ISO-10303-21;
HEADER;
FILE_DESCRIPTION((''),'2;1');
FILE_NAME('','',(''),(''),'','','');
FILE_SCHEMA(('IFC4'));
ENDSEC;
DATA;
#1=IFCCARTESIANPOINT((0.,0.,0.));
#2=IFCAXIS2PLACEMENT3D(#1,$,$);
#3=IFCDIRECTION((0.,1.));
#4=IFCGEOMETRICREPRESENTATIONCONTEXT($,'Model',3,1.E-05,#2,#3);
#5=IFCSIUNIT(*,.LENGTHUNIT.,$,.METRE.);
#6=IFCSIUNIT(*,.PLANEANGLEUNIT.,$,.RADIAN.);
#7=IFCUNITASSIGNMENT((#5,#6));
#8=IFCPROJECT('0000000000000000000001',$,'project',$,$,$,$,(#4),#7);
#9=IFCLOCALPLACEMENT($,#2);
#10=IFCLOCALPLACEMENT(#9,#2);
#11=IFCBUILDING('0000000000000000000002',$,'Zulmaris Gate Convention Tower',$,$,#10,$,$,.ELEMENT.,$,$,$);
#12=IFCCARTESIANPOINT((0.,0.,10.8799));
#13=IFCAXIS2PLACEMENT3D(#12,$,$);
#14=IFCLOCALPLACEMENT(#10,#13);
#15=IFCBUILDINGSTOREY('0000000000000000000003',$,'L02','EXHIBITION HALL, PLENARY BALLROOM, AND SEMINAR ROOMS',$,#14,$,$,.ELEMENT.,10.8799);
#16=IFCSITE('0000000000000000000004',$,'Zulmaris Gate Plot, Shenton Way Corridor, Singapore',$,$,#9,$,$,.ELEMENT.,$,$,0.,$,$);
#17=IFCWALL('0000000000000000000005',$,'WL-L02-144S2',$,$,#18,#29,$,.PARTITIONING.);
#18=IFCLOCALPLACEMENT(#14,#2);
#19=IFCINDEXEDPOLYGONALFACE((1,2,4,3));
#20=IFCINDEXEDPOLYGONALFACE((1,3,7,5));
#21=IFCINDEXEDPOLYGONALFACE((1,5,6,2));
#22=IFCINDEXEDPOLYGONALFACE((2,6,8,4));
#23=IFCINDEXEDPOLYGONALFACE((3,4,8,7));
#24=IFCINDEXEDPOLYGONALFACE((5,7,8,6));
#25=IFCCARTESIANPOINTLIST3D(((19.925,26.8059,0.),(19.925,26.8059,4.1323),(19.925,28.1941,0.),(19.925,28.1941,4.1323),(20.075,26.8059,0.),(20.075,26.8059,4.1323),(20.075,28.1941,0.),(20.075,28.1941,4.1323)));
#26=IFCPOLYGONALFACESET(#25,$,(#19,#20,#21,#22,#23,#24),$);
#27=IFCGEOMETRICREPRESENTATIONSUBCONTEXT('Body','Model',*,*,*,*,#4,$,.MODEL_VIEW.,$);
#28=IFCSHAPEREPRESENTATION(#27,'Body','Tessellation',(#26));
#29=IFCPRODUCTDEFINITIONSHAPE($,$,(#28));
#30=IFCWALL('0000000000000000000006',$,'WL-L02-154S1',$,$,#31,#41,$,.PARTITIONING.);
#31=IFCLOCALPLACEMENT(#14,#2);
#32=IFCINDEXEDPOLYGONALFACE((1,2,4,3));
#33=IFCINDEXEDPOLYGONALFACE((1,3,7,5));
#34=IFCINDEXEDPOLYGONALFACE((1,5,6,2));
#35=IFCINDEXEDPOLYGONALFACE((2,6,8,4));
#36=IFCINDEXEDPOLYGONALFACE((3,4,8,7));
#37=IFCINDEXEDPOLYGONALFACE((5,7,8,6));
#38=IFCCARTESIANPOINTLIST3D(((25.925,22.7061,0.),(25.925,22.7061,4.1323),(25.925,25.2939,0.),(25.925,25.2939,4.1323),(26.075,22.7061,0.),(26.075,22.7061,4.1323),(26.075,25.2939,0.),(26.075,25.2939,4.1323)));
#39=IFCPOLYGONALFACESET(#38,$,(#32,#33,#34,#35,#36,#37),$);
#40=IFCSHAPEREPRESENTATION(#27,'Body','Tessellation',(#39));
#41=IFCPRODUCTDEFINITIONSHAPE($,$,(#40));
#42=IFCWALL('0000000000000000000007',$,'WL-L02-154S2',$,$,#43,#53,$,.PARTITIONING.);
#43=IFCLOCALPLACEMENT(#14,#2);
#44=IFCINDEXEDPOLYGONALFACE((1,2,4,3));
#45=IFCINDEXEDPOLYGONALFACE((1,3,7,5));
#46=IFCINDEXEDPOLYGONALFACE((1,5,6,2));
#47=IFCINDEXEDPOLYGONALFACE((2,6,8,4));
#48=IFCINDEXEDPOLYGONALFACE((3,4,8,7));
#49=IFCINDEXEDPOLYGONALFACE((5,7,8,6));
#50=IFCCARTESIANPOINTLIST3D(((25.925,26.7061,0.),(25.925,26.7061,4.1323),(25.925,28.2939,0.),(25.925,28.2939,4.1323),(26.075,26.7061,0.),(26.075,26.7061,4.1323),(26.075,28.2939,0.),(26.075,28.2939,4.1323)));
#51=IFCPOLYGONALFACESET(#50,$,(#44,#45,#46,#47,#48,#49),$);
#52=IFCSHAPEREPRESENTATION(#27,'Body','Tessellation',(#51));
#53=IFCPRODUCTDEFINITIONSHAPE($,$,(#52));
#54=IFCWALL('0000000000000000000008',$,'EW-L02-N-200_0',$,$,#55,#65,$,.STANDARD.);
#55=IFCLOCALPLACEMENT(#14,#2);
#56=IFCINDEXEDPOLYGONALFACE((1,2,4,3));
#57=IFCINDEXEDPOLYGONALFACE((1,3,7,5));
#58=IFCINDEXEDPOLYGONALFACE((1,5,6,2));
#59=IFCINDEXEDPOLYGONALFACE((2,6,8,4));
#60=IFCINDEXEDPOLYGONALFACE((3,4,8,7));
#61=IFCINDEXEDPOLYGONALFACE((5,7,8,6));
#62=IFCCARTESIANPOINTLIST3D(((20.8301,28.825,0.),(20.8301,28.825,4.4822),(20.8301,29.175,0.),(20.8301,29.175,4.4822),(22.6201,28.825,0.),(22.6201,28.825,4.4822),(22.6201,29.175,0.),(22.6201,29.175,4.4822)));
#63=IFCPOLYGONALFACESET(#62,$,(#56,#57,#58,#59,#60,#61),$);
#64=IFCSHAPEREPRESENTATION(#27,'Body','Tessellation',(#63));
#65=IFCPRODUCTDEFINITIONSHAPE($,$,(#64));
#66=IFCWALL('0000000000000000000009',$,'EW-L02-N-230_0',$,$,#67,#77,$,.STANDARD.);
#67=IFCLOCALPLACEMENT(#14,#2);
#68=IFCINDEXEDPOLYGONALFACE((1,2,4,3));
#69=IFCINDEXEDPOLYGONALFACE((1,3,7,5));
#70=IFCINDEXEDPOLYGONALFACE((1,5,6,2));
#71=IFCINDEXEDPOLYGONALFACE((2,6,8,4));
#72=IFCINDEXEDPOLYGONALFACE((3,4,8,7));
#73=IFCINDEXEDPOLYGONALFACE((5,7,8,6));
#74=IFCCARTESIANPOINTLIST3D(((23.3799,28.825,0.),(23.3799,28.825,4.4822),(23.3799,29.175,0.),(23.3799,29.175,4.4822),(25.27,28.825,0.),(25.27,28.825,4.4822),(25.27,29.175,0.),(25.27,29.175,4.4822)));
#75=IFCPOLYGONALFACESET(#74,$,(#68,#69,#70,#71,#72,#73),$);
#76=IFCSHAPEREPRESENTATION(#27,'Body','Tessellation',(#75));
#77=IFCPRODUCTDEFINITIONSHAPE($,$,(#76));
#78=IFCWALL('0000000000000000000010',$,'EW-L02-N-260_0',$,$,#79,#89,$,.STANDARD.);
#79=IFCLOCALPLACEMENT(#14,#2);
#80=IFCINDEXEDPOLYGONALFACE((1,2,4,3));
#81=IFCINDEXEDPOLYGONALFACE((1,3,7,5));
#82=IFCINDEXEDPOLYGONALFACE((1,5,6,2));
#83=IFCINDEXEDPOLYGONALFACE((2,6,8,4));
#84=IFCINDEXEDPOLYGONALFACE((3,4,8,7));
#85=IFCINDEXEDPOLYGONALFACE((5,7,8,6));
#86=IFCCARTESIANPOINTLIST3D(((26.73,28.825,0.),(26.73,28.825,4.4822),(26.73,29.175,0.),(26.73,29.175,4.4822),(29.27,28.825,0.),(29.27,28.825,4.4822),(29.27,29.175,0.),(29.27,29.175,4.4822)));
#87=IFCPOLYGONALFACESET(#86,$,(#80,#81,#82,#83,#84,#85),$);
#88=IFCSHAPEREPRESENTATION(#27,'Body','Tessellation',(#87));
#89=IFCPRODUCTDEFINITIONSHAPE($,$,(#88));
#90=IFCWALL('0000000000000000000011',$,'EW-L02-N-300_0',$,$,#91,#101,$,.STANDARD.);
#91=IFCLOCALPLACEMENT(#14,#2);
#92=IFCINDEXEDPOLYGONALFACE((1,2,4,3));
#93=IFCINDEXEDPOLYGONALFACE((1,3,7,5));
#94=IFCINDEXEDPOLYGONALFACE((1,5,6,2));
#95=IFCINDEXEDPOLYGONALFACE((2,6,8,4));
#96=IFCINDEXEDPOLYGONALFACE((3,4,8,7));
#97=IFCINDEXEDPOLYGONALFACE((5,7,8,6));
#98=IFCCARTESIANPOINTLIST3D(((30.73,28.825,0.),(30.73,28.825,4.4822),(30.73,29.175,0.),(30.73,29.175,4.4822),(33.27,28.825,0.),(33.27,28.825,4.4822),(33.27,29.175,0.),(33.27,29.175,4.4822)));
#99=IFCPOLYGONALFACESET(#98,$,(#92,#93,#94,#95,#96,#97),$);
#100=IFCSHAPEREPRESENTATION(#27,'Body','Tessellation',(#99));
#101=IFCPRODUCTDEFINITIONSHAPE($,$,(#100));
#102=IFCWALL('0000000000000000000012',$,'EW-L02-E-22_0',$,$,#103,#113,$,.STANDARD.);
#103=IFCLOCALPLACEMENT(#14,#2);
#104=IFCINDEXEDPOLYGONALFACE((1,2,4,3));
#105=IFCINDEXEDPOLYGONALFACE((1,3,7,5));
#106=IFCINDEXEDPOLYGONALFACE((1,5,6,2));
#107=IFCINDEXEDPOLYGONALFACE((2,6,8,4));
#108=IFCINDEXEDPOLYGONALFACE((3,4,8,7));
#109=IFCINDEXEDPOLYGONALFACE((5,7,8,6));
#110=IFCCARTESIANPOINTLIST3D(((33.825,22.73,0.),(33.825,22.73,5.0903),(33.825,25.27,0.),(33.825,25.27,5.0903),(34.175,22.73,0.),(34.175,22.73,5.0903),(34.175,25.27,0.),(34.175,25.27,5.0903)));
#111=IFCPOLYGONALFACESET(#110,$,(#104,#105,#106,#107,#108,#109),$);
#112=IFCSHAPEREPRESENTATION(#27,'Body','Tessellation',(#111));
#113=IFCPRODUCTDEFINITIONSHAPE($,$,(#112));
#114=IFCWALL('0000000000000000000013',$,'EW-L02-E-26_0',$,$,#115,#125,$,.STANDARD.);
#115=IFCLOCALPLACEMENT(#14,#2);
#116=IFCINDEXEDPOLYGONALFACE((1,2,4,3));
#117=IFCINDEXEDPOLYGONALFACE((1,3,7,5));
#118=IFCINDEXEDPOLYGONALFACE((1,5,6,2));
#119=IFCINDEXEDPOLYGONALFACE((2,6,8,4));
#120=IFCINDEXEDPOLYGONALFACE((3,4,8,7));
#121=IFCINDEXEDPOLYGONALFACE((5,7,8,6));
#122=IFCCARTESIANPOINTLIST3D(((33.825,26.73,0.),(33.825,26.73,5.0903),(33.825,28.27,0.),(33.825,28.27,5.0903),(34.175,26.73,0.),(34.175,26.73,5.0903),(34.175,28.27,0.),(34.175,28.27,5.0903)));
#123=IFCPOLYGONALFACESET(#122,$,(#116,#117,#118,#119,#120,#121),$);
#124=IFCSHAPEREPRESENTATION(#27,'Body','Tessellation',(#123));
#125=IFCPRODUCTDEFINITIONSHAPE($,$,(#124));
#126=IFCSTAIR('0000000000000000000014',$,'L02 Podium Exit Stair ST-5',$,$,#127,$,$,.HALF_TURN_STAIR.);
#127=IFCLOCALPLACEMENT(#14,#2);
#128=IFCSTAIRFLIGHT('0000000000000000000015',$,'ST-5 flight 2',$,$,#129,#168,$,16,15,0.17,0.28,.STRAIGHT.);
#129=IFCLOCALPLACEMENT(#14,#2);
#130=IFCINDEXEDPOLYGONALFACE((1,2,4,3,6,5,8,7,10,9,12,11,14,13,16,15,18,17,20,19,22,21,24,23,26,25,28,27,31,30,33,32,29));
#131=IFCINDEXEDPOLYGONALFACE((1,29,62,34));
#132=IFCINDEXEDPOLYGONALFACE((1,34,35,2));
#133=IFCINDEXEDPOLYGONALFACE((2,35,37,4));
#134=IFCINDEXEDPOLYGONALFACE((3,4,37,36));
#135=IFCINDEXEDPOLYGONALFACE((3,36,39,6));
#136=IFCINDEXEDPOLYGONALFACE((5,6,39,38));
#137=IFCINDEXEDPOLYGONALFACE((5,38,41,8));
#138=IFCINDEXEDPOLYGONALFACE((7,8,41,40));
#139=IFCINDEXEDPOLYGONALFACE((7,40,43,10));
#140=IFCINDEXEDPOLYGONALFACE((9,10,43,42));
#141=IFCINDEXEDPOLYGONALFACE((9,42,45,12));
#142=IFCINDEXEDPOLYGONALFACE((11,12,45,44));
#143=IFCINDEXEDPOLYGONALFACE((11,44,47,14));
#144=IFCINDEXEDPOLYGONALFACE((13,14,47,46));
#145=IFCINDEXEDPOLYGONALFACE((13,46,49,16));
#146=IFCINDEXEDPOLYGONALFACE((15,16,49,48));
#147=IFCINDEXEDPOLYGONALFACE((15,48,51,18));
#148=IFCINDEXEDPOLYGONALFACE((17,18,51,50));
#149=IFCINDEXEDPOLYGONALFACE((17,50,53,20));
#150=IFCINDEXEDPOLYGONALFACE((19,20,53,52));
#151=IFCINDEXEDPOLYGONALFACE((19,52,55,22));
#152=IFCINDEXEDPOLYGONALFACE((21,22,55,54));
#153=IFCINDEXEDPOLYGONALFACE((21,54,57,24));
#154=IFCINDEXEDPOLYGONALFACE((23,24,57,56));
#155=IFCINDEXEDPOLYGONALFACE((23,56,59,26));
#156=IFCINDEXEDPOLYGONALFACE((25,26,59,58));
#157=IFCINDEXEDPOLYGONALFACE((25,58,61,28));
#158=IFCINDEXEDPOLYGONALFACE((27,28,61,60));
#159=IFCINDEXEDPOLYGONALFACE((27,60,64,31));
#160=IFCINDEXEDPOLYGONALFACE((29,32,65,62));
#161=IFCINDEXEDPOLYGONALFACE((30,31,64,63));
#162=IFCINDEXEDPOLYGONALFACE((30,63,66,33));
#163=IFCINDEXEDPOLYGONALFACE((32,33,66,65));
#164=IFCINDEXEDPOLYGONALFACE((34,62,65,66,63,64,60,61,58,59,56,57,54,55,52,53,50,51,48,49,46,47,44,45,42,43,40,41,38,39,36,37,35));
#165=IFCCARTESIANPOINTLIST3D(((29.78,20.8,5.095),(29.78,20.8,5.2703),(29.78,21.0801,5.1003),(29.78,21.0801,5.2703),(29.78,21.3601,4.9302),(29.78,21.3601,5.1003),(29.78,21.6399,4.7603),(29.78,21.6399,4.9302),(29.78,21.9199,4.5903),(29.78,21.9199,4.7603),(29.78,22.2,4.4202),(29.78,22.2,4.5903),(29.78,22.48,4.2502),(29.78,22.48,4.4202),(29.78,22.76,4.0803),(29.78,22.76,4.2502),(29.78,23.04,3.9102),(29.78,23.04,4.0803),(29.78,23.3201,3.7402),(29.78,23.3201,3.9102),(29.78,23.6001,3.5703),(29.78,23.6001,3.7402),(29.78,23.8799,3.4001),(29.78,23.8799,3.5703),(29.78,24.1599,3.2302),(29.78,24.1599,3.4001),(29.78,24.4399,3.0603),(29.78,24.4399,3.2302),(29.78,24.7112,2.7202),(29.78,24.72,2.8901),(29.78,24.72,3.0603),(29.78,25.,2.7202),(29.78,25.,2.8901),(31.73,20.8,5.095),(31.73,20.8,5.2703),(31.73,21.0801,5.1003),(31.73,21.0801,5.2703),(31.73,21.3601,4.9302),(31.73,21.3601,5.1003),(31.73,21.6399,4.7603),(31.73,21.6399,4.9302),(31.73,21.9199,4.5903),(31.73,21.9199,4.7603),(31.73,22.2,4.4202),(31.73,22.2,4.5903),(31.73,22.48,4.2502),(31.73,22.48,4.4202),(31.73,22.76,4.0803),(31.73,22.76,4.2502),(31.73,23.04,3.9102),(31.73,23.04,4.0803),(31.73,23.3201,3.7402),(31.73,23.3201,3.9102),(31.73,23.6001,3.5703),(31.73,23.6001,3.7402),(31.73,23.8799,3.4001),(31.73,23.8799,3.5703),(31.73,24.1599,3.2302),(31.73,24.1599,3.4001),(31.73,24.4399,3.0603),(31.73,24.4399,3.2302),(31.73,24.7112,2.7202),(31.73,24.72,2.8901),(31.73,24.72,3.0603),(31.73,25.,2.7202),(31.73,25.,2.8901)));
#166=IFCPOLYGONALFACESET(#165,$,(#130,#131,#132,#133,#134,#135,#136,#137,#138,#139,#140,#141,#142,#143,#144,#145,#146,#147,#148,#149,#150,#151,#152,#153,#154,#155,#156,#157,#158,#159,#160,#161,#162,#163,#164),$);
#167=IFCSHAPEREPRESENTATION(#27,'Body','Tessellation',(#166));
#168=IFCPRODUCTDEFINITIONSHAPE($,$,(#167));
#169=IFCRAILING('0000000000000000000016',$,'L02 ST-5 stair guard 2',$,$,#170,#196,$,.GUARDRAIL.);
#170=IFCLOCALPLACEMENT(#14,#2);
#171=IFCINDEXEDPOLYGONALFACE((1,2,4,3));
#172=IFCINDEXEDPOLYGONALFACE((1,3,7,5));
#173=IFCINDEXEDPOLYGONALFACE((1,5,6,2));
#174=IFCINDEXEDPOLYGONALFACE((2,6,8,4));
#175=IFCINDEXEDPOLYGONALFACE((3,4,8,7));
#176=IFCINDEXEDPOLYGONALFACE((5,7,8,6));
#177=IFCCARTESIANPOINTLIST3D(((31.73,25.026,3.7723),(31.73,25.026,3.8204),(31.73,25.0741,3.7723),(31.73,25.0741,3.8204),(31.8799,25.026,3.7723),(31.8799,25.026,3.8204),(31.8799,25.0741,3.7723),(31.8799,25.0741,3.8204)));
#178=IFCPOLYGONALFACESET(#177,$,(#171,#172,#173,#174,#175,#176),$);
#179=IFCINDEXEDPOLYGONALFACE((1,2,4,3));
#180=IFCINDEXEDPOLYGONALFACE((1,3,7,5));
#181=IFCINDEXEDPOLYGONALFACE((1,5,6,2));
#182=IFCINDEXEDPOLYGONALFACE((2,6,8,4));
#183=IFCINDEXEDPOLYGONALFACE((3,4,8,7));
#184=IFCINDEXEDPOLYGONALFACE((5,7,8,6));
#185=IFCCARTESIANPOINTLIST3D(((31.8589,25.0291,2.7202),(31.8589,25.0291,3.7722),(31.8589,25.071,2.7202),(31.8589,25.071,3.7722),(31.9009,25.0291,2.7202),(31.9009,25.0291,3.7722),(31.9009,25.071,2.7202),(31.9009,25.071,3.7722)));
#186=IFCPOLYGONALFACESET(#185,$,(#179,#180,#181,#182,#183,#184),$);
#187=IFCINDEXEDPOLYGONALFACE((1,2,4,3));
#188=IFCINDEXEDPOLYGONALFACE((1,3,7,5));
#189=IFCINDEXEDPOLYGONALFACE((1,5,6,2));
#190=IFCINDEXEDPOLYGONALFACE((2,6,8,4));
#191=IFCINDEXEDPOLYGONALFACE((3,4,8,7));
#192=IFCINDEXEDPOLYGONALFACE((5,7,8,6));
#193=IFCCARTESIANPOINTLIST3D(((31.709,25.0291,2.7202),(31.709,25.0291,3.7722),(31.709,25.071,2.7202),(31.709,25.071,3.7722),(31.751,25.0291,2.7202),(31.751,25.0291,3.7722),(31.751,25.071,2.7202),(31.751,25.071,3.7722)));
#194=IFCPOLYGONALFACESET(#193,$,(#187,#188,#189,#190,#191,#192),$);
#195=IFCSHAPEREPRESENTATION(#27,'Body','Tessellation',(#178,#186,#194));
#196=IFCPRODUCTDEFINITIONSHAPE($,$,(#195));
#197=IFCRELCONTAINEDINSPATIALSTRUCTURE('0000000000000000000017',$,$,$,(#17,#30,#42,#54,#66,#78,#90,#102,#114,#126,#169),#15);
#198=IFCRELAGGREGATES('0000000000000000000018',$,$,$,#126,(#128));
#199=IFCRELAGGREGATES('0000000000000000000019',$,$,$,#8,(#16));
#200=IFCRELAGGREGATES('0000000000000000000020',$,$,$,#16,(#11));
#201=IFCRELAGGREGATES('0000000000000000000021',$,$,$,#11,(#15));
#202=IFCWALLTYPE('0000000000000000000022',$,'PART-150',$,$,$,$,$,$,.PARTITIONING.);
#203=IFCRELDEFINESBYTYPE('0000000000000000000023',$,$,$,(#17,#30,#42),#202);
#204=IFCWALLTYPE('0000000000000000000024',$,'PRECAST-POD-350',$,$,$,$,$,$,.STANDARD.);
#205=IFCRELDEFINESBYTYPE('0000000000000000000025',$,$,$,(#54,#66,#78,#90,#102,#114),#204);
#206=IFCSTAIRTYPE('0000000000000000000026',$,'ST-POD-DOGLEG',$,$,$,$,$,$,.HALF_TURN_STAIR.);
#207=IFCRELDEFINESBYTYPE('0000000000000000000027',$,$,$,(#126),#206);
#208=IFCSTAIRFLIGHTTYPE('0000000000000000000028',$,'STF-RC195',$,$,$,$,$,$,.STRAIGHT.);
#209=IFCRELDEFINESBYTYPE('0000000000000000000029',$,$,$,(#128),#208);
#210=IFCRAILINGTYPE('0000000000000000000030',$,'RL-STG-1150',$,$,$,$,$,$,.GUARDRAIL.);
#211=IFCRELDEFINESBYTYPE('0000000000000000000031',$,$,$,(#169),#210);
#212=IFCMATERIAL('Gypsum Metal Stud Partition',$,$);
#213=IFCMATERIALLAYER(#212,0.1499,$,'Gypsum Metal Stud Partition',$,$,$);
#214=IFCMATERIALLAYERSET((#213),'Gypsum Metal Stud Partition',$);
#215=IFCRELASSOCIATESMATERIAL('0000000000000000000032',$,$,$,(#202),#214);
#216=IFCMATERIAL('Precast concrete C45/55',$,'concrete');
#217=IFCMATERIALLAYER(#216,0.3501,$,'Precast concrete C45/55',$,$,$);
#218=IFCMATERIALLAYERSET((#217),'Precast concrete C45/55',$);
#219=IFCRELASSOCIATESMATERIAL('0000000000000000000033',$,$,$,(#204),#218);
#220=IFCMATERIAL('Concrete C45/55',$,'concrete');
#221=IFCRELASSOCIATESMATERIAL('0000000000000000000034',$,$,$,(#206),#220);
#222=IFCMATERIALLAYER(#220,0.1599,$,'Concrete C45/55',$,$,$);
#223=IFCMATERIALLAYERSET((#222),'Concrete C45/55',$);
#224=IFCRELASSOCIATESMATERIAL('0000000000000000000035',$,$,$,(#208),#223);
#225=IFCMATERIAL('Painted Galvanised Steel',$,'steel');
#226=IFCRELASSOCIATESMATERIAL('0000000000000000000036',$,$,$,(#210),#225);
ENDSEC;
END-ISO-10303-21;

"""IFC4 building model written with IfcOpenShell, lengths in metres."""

from ifc_helpers import new_model, si_unit, direction, frame, frame_2d, origin, origin_2d, place, context, subcontext, project, spatial, polyline, rectangle, outline, extrude, material, layer, layer_set, type_object, element, aggregate, save


model = new_model("IFC4")

# Units and contexts
model_context = context("Model", 3, precision=1e-05, world=origin(), true_north=direction((0.0, 1.0)))
body_context = subcontext(model_context, "Body", "Model", "MODEL_VIEW")
ifc_project = project(units=[si_unit("LENGTHUNIT", "METRE"), si_unit("PLANEANGLEUNIT", "RADIAN")], contexts=[model_context])

# Site, building, storey
site_placement = place(None, origin())
site = spatial("IfcSite", under=ifc_project, at=site_placement, Name="Zulmaris Gate Plot, Shenton Way Corridor, Singapore", CompositionType="ELEMENT", RefElevation=0.0)
building_placement = place(site_placement, origin())
building = spatial("IfcBuilding", under=site, at=building_placement, Name="Zulmaris Gate Convention Tower", CompositionType="ELEMENT")
storey_placement = place(building_placement, frame((0.0, 0.0, 10.8799)))
storey = spatial("IfcBuildingStorey", under=building, at=storey_placement, Name="L02", Description="EXHIBITION HALL, PLENARY BALLROOM, AND SEMINAR ROOMS", CompositionType="ELEMENT", Elevation=10.8799)

# Walls
ifc_material_1 = material(Name="Gypsum Metal Stud Partition")
ifc_layer_1 = layer(ifc_material_1, 0.1499, Name="Gypsum Metal Stud Partition")
ifc_layer_set_1 = layer_set([ifc_layer_1], Name="Gypsum Metal Stud Partition")
wall_type_1 = type_object("IfcWallType", Name="PART-150", PredefinedType="PARTITIONING", material=ifc_layer_set_1)
wall_1_placement = place(storey_placement, frame((20.0, 26.8059, 0.0), z_axis=(0.0, 0.0, 1.0), x_axis=(0.0, 1.0, 0.0)))
element("IfcWall", 1, at=wall_1_placement, inside=storey, type_object=wall_type_1, Name="WL-L02-144S2", PredefinedType="PARTITIONING", context=body_context, shape_type="SweptSolid", body=[
    extrude(rectangle(XDim=1.3882, YDim=0.1499, at=frame_2d((0.6941, 0.0))), origin(), (0.0, 0.0, 1.0), 4.1323),
])
wall_2_placement = place(storey_placement, frame((26.0, 22.7061, 0.0), z_axis=(0.0, 0.0, 1.0), x_axis=(0.0, 1.0, 0.0)))
element("IfcWall", 2, at=wall_2_placement, inside=storey, type_object=wall_type_1, Name="WL-L02-154S1", PredefinedType="PARTITIONING", context=body_context, shape_type="SweptSolid", body=[
    extrude(rectangle(XDim=2.5879, YDim=0.1499, at=frame_2d((1.2939, 0.0))), origin(), (0.0, 0.0, 1.0), 4.1323),
])
wall_3_placement = place(storey_placement, frame((26.0, 26.7061, 0.0), z_axis=(0.0, 0.0, 1.0), x_axis=(0.0, 1.0, 0.0)))
element("IfcWall", 3, at=wall_3_placement, inside=storey, type_object=wall_type_1, Name="WL-L02-154S2", PredefinedType="PARTITIONING", context=body_context, shape_type="SweptSolid", body=[
    extrude(rectangle(XDim=1.5879, YDim=0.1499, at=frame_2d((0.7939, 0.0))), origin(), (0.0, 0.0, 1.0), 4.1323),
])
ifc_material_2 = material(Name="Precast concrete C45/55", Category="concrete")
ifc_layer_2 = layer(ifc_material_2, 0.3501, Name="Precast concrete C45/55")
ifc_layer_set_2 = layer_set([ifc_layer_2], Name="Precast concrete C45/55")
wall_type_2 = type_object("IfcWallType", Name="PRECAST-POD-350", PredefinedType="STANDARD", material=ifc_layer_set_2)
wall_4_placement = place(storey_placement, frame((22.6201, 29.0, 0.0), z_axis=(0.0, 0.0, 1.0), x_axis=(-1.0, 0.0, 0.0)))
element("IfcWall", 4, at=wall_4_placement, inside=storey, type_object=wall_type_2, Name="EW-L02-N-200_0", PredefinedType="STANDARD", context=body_context, shape_type="SweptSolid", body=[
    extrude(rectangle(XDim=1.79, YDim=0.3501, at=frame_2d((0.895, 0.0))), origin(), (0.0, 0.0, 1.0), 4.4822),
])
wall_5_placement = place(storey_placement, frame((25.27, 29.0, 0.0), z_axis=(0.0, 0.0, 1.0), x_axis=(-1.0, 0.0, 0.0)))
element("IfcWall", 5, at=wall_5_placement, inside=storey, type_object=wall_type_2, Name="EW-L02-N-230_0", PredefinedType="STANDARD", context=body_context, shape_type="SweptSolid", body=[
    extrude(rectangle(XDim=1.8901, YDim=0.3501, at=frame_2d((0.9451, 0.0))), origin(), (0.0, 0.0, 1.0), 4.4822),
])
for number, where, z_axis, x_axis, name in (
    (6, (29.27, 29.0, 0.0), (0.0, 0.0, 1.0), (-1.0, 0.0, 0.0), "EW-L02-N-260_0"),
    (7, (33.27, 29.0, 0.0), (0.0, 0.0, 1.0), (-1.0, 0.0, 0.0), "EW-L02-N-300_0"),
):
    element("IfcWall", number, at=place(storey_placement, frame(where, z_axis=z_axis, x_axis=x_axis)), inside=storey, type_object=wall_type_2, Name=name, PredefinedType="STANDARD", context=body_context, shape_type="SweptSolid", body=[
        extrude(rectangle(XDim=2.54, YDim=0.3501, at=frame_2d((1.27, 0.0))), origin(), (0.0, 0.0, 1.0), 4.4822),
    ])
wall_6_placement = place(storey_placement, frame((34.0, 25.27, 0.0), z_axis=(0.0, 0.0, 1.0), x_axis=(0.0, -1.0, 0.0)))
element("IfcWall", 8, at=wall_6_placement, inside=storey, type_object=wall_type_2, Name="EW-L02-E-22_0", PredefinedType="STANDARD", context=body_context, shape_type="SweptSolid", body=[
    extrude(rectangle(XDim=2.54, YDim=0.3501, at=frame_2d((1.27, 0.0))), origin(), (0.0, 0.0, 1.0), 5.0903),
])
wall_7_placement = place(storey_placement, frame((34.0, 28.27, 0.0), z_axis=(0.0, 0.0, 1.0), x_axis=(0.0, -1.0, 0.0)))
element("IfcWall", 9, at=wall_7_placement, inside=storey, type_object=wall_type_2, Name="EW-L02-E-26_0", PredefinedType="STANDARD", context=body_context, shape_type="SweptSolid", body=[
    extrude(rectangle(XDim=1.54, YDim=0.3501, at=frame_2d((0.77, 0.0))), origin(), (0.0, 0.0, 1.0), 5.0903),
])

# Stair, stair flight
ifc_material_3 = material(Name="Concrete C45/55", Category="concrete")
stair_type = type_object("IfcStairType", Name="ST-POD-DOGLEG", PredefinedType="HALF_TURN_STAIR", material=ifc_material_3)
stair_placement = place(storey_placement, origin())
stair = element("IfcStair", 10, at=stair_placement, inside=storey, type_object=stair_type, Name="L02 Podium Exit Stair ST-5", PredefinedType="HALF_TURN_STAIR")
ifc_layer_3 = layer(ifc_material_3, 0.1599, Name="Concrete C45/55")
ifc_layer_set_3 = layer_set([ifc_layer_3], Name="Concrete C45/55")
stair_flight_type = type_object("IfcStairFlightType", Name="STF-RC195", PredefinedType="STRAIGHT", material=ifc_layer_set_3)
stair_flight_placement = place(storey_placement, frame((30.7549, 25.0, 2.7202), z_axis=(0.0, 0.0, 1.0), x_axis=(0.0, -1.0, 0.0)))
stair_flight = element("IfcStairFlight", 11, at=stair_flight_placement, type_object=stair_flight_type, Name="ST-5 flight 2", NumberOfRisers=16, NumberOfTreads=15, PredefinedType="STRAIGHT", RiserHeight=0.17, TreadLength=0.28, context=body_context, shape_type="SweptSolid", body=[
    extrude(outline(polyline([(0.0, 0.0), (0.0, 0.1699), (0.28, 0.1699), (0.28, 0.3401), (0.5601, 0.3401), (0.5601, 0.51), (0.8401, 0.51), (0.8401, 0.6799), (1.1201, 0.6799), (1.1201, 0.8501), (1.3999, 0.8501), (1.3999, 1.02), (1.6799, 1.02), (1.6799, 1.1899), (1.96, 1.1899), (1.96, 1.3601), (2.24, 1.3601), (2.24, 1.53), (2.52, 1.53), (2.52, 1.7), (2.8, 1.7), (2.8, 1.8701), (3.0801, 1.8701), (3.0801, 2.04), (3.3601, 2.04), (3.3601, 2.21), (3.6399, 2.21), (3.6399, 2.3801), (3.9199, 2.3801), (3.9199, 2.55), (4.2, 2.55), (4.2, 2.7202), (4.2, 2.3748), (0.2888, 0.0), (0.0, 0.0)])), frame((0.0, 0.9751, 0.0), z_axis=(0.0, -1.0, 0.0), x_axis=(1.0, 0.0, 0.0)), (0.0, 0.0, 1.0), 1.95),
])
aggregate(stair, [stair_flight])

# Railing
ifc_material_4 = material(Name="Painted Galvanised Steel", Category="steel")
railing_type_1 = type_object("IfcRailingType", Name="RL-STG-1150", PredefinedType="GUARDRAIL", material=ifc_material_4)
railing_1_placement = place(storey_placement, frame((31.8799, 25.05, 2.7202)))
element("IfcRailing", 12, at=railing_1_placement, inside=storey, type_object=railing_type_1, Name="L02 ST-5 stair guard 2", PredefinedType="GUARDRAIL", context=body_context, shape_type="SweptSolid", body=[
    extrude(rectangle(XDim=0.0481, YDim=0.0481, at=origin_2d()), frame((0.0, 0.0, 1.0762), z_axis=(-1.0, 0.0, 0.0), x_axis=(0.0, -1.0, 0.0)), (0.0, 0.0, 1.0), 0.1499),
    extrude(rectangle(XDim=0.042, YDim=0.042, at=origin_2d()), origin(), (0.0, 0.0, 1.0), 1.052),
    extrude(rectangle(XDim=0.042, YDim=0.042, at=origin_2d()), frame((-0.1499, 0.0, 0.0)), (0.0, 0.0, 1.0), 1.052),
])

save(model, "model.ifc")
